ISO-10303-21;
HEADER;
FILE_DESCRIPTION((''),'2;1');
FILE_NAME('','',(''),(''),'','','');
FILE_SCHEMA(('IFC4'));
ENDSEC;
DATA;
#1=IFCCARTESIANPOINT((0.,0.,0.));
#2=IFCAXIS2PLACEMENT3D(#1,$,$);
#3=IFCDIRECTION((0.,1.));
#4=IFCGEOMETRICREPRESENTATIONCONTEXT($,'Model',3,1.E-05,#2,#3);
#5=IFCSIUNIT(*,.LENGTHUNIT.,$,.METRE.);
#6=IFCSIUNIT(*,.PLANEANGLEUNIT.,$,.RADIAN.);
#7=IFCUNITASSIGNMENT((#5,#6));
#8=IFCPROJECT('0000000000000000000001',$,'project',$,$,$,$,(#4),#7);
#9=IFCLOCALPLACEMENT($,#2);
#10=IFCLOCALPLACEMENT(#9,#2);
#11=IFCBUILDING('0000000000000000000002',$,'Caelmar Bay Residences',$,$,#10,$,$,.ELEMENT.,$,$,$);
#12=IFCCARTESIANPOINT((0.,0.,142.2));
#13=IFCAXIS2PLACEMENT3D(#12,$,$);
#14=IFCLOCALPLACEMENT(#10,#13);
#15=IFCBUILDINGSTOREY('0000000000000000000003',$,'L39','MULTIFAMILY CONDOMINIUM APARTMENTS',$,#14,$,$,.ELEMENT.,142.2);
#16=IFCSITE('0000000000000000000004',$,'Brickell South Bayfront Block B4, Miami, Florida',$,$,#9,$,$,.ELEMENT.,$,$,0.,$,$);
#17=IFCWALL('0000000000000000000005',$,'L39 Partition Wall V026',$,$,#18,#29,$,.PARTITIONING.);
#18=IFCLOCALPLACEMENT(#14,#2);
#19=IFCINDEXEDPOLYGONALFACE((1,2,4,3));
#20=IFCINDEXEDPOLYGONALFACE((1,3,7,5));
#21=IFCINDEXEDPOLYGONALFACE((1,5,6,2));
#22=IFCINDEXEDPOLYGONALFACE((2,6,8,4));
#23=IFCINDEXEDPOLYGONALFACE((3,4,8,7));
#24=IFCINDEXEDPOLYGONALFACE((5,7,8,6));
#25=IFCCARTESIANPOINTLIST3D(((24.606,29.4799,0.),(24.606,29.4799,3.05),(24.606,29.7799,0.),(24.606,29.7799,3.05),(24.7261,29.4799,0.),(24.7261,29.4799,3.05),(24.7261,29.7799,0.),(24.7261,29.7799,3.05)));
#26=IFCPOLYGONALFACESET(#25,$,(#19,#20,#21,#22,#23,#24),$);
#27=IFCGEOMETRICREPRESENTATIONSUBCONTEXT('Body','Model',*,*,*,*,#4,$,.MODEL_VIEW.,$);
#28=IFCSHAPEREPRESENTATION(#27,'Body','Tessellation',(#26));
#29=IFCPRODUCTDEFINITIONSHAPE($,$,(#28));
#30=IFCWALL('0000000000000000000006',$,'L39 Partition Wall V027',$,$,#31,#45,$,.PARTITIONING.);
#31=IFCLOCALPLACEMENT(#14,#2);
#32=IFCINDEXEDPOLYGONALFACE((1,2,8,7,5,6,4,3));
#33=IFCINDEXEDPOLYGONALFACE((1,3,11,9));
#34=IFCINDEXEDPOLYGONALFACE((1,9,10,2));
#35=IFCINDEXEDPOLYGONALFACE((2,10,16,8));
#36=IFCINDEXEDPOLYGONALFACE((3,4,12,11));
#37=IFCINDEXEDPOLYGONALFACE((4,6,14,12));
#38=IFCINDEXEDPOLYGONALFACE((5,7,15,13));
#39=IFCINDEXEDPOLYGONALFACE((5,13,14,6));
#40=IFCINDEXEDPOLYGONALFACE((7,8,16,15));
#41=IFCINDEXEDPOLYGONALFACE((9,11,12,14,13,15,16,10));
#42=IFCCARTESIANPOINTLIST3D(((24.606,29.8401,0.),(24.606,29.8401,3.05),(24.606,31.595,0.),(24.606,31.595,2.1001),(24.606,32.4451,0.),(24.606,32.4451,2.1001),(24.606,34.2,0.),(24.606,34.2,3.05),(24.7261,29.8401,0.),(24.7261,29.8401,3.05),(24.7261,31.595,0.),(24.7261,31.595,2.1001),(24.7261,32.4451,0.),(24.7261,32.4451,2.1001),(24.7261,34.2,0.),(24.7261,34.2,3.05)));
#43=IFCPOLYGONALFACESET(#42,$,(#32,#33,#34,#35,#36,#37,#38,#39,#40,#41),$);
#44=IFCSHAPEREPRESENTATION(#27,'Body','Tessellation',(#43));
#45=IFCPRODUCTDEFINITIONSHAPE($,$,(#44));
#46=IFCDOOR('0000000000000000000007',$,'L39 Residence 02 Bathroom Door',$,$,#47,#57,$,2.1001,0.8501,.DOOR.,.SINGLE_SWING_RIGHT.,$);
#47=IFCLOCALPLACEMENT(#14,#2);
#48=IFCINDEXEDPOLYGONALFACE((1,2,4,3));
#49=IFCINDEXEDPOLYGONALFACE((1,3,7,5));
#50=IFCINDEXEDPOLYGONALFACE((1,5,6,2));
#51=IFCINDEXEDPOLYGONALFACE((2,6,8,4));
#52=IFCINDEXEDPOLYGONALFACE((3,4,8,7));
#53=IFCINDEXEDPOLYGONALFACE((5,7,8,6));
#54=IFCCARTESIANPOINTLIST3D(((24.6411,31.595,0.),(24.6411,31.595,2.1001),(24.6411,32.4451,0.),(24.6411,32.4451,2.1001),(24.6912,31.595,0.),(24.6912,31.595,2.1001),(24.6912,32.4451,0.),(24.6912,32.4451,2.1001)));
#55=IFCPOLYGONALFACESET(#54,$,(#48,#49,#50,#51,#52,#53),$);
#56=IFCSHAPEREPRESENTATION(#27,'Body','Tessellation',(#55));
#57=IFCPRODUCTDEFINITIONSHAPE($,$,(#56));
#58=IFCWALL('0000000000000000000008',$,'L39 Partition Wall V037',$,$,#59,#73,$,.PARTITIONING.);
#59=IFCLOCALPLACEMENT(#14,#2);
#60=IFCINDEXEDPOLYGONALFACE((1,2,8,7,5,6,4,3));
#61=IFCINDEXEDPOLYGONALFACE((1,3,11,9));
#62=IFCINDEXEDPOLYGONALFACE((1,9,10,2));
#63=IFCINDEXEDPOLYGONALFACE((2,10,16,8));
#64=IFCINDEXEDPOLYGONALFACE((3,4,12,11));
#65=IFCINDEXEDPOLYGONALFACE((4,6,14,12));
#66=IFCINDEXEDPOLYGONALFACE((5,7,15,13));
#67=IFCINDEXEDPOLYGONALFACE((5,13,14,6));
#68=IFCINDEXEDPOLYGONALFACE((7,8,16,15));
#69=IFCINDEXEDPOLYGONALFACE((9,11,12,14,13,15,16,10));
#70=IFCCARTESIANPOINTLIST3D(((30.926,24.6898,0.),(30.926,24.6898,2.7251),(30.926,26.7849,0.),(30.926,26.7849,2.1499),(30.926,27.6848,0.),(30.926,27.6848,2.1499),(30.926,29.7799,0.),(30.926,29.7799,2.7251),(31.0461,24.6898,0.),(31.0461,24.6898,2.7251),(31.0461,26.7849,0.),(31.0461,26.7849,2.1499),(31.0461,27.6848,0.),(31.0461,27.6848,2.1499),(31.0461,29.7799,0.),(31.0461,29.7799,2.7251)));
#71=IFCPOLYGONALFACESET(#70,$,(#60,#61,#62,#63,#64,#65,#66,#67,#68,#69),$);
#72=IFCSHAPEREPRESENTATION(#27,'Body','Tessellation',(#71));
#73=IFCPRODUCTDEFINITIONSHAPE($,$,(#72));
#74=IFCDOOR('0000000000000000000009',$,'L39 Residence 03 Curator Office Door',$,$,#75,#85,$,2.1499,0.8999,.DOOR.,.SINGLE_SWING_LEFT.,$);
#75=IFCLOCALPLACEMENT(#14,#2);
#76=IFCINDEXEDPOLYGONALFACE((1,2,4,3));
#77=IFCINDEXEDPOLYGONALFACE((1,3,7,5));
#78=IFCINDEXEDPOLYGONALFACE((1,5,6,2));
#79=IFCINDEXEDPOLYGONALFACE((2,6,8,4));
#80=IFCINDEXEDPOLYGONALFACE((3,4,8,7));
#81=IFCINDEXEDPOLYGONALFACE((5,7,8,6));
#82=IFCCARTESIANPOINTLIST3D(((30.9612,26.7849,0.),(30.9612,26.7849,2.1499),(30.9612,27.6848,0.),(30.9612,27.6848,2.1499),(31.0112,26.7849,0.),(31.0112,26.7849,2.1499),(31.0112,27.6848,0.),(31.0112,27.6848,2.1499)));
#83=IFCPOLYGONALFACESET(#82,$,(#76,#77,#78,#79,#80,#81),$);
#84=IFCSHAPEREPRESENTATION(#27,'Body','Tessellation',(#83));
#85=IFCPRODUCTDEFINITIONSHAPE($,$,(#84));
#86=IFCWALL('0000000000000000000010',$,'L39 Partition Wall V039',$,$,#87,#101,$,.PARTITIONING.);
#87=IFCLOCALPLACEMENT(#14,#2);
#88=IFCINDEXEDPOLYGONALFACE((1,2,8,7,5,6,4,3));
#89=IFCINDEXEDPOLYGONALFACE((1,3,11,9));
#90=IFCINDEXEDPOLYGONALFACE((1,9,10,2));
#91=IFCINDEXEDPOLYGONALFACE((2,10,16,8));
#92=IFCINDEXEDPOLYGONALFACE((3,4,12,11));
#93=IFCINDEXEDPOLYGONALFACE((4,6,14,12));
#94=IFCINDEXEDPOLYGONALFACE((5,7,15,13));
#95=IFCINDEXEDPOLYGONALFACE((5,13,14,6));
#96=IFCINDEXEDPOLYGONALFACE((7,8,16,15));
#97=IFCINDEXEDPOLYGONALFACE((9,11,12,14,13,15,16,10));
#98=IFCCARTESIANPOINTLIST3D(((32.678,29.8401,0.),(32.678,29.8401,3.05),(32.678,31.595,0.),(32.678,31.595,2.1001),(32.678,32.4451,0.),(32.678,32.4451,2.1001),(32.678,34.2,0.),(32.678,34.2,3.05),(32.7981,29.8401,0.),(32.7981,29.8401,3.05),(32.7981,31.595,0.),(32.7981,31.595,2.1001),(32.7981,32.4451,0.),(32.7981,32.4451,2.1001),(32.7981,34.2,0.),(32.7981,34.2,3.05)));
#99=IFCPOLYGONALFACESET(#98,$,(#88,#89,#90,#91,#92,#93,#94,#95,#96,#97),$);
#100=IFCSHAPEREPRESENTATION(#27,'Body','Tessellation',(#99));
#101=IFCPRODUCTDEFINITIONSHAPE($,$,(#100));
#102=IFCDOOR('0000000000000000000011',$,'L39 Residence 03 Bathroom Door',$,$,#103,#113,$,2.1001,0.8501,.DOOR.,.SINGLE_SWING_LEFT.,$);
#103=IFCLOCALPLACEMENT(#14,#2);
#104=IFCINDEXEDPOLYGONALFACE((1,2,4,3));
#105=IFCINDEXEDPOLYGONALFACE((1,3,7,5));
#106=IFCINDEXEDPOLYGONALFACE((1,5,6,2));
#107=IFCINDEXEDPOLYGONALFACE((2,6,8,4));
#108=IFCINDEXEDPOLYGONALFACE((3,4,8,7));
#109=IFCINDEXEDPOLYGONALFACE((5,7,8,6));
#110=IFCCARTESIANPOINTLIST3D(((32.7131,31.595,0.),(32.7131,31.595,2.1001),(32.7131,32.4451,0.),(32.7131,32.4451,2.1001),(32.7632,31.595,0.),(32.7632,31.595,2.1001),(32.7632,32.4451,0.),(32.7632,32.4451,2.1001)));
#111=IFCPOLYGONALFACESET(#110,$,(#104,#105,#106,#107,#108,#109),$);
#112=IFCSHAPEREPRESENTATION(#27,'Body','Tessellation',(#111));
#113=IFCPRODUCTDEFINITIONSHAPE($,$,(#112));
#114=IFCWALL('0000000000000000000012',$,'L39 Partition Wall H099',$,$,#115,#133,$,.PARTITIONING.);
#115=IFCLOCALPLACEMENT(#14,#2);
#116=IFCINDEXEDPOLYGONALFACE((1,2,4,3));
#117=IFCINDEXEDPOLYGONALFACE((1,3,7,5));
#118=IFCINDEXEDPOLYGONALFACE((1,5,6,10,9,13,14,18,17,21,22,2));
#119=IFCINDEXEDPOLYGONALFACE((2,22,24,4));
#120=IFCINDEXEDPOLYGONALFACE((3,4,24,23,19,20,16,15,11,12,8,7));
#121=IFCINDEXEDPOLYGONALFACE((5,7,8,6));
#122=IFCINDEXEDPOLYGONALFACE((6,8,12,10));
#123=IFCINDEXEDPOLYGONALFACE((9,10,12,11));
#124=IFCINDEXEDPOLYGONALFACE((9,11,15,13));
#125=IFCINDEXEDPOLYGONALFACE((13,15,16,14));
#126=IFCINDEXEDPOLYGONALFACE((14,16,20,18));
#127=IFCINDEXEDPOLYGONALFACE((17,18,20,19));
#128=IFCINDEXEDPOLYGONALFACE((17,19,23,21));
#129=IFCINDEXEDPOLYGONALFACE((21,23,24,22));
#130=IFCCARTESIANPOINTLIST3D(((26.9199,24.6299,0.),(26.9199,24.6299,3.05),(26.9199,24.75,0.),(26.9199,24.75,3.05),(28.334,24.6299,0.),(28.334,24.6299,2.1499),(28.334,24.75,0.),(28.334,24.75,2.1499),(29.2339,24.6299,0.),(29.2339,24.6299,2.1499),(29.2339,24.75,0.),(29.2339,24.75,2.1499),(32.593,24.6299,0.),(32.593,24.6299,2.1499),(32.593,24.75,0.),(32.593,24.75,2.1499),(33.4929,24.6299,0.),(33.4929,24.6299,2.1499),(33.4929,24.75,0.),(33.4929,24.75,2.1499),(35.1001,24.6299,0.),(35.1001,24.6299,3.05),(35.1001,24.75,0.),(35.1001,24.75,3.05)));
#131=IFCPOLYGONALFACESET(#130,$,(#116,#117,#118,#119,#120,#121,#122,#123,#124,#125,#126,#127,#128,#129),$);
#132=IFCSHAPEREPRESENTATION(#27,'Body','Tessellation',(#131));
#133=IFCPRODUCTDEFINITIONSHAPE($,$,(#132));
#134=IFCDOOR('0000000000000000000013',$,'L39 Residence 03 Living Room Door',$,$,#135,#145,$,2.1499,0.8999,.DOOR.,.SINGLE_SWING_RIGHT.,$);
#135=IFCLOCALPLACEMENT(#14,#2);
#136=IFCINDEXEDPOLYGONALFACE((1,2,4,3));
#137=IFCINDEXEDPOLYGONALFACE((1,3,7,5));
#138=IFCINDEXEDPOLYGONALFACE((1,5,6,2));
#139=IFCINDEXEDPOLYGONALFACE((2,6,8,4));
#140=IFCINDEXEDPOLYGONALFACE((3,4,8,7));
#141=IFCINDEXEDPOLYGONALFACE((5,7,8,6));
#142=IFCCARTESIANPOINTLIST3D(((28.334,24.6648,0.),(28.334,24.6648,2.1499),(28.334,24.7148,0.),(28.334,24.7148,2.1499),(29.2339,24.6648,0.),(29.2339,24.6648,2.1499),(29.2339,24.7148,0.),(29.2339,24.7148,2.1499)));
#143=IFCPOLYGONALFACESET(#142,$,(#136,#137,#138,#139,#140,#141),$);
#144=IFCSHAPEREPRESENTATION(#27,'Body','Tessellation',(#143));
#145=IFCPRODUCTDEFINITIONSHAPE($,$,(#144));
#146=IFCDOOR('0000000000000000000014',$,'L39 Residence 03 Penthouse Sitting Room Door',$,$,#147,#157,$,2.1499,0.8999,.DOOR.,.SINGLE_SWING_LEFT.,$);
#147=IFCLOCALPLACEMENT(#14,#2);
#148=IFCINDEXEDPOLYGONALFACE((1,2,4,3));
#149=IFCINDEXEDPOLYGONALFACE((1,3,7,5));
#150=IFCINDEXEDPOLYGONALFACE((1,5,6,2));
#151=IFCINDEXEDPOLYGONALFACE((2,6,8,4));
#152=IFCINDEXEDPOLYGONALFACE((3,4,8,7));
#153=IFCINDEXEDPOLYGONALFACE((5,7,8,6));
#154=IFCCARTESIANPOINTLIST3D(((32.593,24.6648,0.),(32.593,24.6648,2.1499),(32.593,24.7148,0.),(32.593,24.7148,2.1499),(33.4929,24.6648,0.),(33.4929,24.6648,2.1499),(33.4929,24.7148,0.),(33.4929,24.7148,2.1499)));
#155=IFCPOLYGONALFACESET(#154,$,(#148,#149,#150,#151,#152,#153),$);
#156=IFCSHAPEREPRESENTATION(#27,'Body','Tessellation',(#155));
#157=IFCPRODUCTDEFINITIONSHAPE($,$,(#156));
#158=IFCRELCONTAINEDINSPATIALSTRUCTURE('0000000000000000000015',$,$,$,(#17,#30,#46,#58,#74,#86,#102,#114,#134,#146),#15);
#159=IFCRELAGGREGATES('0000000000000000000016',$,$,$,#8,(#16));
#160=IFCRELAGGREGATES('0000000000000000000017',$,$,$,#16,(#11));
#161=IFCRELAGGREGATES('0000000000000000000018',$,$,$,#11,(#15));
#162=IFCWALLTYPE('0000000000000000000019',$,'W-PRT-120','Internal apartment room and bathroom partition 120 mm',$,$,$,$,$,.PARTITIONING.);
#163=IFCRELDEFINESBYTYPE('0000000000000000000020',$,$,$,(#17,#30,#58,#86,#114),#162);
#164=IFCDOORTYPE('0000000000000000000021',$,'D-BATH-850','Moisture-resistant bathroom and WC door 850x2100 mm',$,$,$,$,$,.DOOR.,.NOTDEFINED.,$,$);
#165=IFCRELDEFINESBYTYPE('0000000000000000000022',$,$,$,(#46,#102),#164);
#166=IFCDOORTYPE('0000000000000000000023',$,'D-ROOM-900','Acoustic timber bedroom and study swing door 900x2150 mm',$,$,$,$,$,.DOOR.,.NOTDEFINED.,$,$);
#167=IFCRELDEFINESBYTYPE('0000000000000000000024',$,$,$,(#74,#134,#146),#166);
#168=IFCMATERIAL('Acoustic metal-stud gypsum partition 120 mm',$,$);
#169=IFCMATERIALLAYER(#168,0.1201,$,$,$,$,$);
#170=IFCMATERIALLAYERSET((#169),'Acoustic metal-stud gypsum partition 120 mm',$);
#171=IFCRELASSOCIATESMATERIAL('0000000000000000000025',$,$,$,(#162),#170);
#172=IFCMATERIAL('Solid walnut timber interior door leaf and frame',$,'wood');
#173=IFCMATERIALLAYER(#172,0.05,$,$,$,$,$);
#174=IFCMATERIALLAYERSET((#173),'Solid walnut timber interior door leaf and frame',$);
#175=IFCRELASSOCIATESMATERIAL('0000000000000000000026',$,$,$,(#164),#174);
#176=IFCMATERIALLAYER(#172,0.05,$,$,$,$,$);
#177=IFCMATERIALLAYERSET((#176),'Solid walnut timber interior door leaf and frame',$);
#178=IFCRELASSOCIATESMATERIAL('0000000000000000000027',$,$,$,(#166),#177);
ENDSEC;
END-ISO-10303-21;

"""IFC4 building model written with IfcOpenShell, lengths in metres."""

from ifc_helpers import new_model, si_unit, direction, frame, frame_2d, origin, place, context, subcontext, project, spatial, rectangle, extrude, material, layer, layer_set, type_object, element, fill, save


model = new_model("IFC4")

# Units and contexts
model_context = context("Model", 3, precision=1e-05, world=origin(), true_north=direction((0.0, 1.0)))
body_context = subcontext(model_context, "Body", "Model", "MODEL_VIEW")
ifc_project = project(units=[si_unit("LENGTHUNIT", "METRE"), si_unit("PLANEANGLEUNIT", "RADIAN")], contexts=[model_context])

# Site, building, storey
site_placement = place(None, origin())
site = spatial("IfcSite", under=ifc_project, at=site_placement, Name="Brickell South Bayfront Block B4, Miami, Florida", CompositionType="ELEMENT", RefElevation=0.0)
building_placement = place(site_placement, origin())
building = spatial("IfcBuilding", under=site, at=building_placement, Name="Caelmar Bay Residences", CompositionType="ELEMENT")
storey_placement = place(building_placement, frame((0.0, 0.0, 142.2)))
storey = spatial("IfcBuildingStorey", under=building, at=storey_placement, Name="L39", Description="MULTIFAMILY CONDOMINIUM APARTMENTS", CompositionType="ELEMENT", Elevation=142.2)

# Wall
ifc_material_1 = material(Name="Acoustic metal-stud gypsum partition 120 mm")
ifc_layer_1 = layer(ifc_material_1, 0.1201)
ifc_layer_set_1 = layer_set([ifc_layer_1], Name="Acoustic metal-stud gypsum partition 120 mm")
wall_type_1 = type_object("IfcWallType", Name="W-PRT-120", Description="Internal apartment room and bathroom partition 120 mm", PredefinedType="PARTITIONING", material=ifc_layer_set_1)
wall_1_placement = place(storey_placement, frame((24.666, 29.48, 0.0), z_axis=(0.0, 0.0, 1.0), x_axis=(0.0, 1.0, 0.0)))
element("IfcWall", 1, at=wall_1_placement, inside=storey, type_object=wall_type_1, Name="L39 Partition Wall V026", PredefinedType="PARTITIONING", context=body_context, shape_type="SweptSolid", body=[
    extrude(rectangle(XDim=0.3, YDim=0.1201, at=frame_2d((0.1499, 0.0))), origin(), (0.0, 0.0, 1.0), 3.05),
])

# Walls, openings, doors
wall_2_placement = place(storey_placement, frame((24.666, 29.8401, 0.0), z_axis=(0.0, 0.0, 1.0), x_axis=(0.0, 1.0, 0.0)))
wall_2 = element("IfcWall", 2, at=wall_2_placement, inside=storey, type_object=wall_type_1, Name="L39 Partition Wall V027", PredefinedType="PARTITIONING", context=body_context, shape_type="SweptSolid", body=[
    extrude(rectangle(XDim=4.3599, YDim=0.1201, at=frame_2d((2.1799, 0.0))), origin(), (0.0, 0.0, 1.0), 3.05),
])
opening_1_placement = place(wall_2_placement, frame((1.7549, 0.0, 0.0)))
opening_1 = element("IfcOpeningElement", 3, at=opening_1_placement, cuts=wall_2, PredefinedType="OPENING", context=body_context, shape_type="SweptSolid", body=[
    extrude(rectangle(XDim=0.8501, YDim=2.1001, at=frame_2d((0.425, 1.05))), frame((0.0, 0.0701, 0.0), z_axis=(0.0, -1.0, 0.0), x_axis=(1.0, 0.0, 0.0)), (0.0, 0.0, 1.0), 0.1401),
])
ifc_material_2 = material(Name="Solid walnut timber interior door leaf and frame", Category="wood")
ifc_layer_2 = layer(ifc_material_2, 0.05)
ifc_layer_set_2 = layer_set([ifc_layer_2], Name="Solid walnut timber interior door leaf and frame")
door_type_1 = type_object("IfcDoorType", Name="D-BATH-850", Description="Moisture-resistant bathroom and WC door 850x2100 mm", OperationType="NOTDEFINED", PredefinedType="DOOR", material=ifc_layer_set_2)
door_1_placement = place(opening_1_placement, origin())
door_1 = element("IfcDoor", 4, at=door_1_placement, inside=storey, type_object=door_type_1, Name="L39 Residence 02 Bathroom Door", OperationType="SINGLE_SWING_RIGHT", OverallHeight=2.1001, OverallWidth=0.8501, PredefinedType="DOOR", context=body_context, shape_type="SweptSolid", body=[
    extrude(rectangle(XDim=0.8501, YDim=2.1001, at=frame_2d((0.425, 1.05))), frame((0.0, 0.0249, 0.0), z_axis=(0.0, -1.0, 0.0), x_axis=(1.0, 0.0, 0.0)), (0.0, 0.0, 1.0), 0.05),
])
fill(opening_1, door_1)
wall_3_placement = place(storey_placement, frame((30.9861, 24.6899, 0.0), z_axis=(0.0, 0.0, 1.0), x_axis=(0.0, 1.0, 0.0)))
wall_3 = element("IfcWall", 5, at=wall_3_placement, inside=storey, type_object=wall_type_1, Name="L39 Partition Wall V037", PredefinedType="PARTITIONING", context=body_context, shape_type="SweptSolid", body=[
    extrude(rectangle(XDim=5.0901, YDim=0.1201, at=frame_2d((2.5449, 0.0))), origin(), (0.0, 0.0, 1.0), 2.7251),
])
opening_2_placement = place(wall_3_placement, frame((2.095, 0.0, 0.0)))
opening_2 = element("IfcOpeningElement", 6, at=opening_2_placement, cuts=wall_3, PredefinedType="OPENING", context=body_context, shape_type="SweptSolid", body=[
    extrude(rectangle(XDim=0.8999, YDim=2.1499, at=frame_2d((0.45, 1.075))), frame((0.0, 0.0701, 0.0), z_axis=(0.0, -1.0, 0.0), x_axis=(1.0, 0.0, 0.0)), (0.0, 0.0, 1.0), 0.1401),
])
ifc_layer_3 = layer(ifc_material_2, 0.05)
ifc_layer_set_3 = layer_set([ifc_layer_3], Name="Solid walnut timber interior door leaf and frame")
door_type_2 = type_object("IfcDoorType", Name="D-ROOM-900", Description="Acoustic timber bedroom and study swing door 900x2150 mm", OperationType="NOTDEFINED", PredefinedType="DOOR", material=ifc_layer_set_3)
door_2_placement = place(opening_2_placement, origin())
door_2 = element("IfcDoor", 7, at=door_2_placement, inside=storey, type_object=door_type_2, Name="L39 Residence 03 Curator Office Door", OperationType="SINGLE_SWING_LEFT", OverallHeight=2.1499, OverallWidth=0.8999, PredefinedType="DOOR", context=body_context, shape_type="SweptSolid", body=[
    extrude(rectangle(XDim=0.8999, YDim=2.1499, at=frame_2d((0.45, 1.075))), frame((0.0, 0.0249, 0.0), z_axis=(0.0, -1.0, 0.0), x_axis=(1.0, 0.0, 0.0)), (0.0, 0.0, 1.0), 0.05),
])
fill(opening_2, door_2)
wall_4_placement = place(storey_placement, frame((32.738, 29.8401, 0.0), z_axis=(0.0, 0.0, 1.0), x_axis=(0.0, 1.0, 0.0)))
wall_4 = element("IfcWall", 8, at=wall_4_placement, inside=storey, type_object=wall_type_1, Name="L39 Partition Wall V039", PredefinedType="PARTITIONING", context=body_context, shape_type="SweptSolid", body=[
    extrude(rectangle(XDim=4.3599, YDim=0.1201, at=frame_2d((2.1799, 0.0))), origin(), (0.0, 0.0, 1.0), 3.05),
])
opening_3_placement = place(wall_4_placement, frame((1.7549, 0.0, 0.0)))
opening_3 = element("IfcOpeningElement", 9, at=opening_3_placement, cuts=wall_4, PredefinedType="OPENING", context=body_context, shape_type="SweptSolid", body=[
    extrude(rectangle(XDim=0.8501, YDim=2.1001, at=frame_2d((0.425, 1.05))), frame((0.0, 0.0701, 0.0), z_axis=(0.0, -1.0, 0.0), x_axis=(1.0, 0.0, 0.0)), (0.0, 0.0, 1.0), 0.1401),
])
door_3_placement = place(opening_3_placement, origin())
door_3 = element("IfcDoor", 10, at=door_3_placement, inside=storey, type_object=door_type_1, Name="L39 Residence 03 Bathroom Door", OperationType="SINGLE_SWING_LEFT", OverallHeight=2.1001, OverallWidth=0.8501, PredefinedType="DOOR", context=body_context, shape_type="SweptSolid", body=[
    extrude(rectangle(XDim=0.8501, YDim=2.1001, at=frame_2d((0.425, 1.05))), frame((0.0, 0.0249, 0.0), z_axis=(0.0, -1.0, 0.0), x_axis=(1.0, 0.0, 0.0)), (0.0, 0.0, 1.0), 0.05),
])
fill(opening_3, door_3)

# Wall, openings, doors
wall_5_placement = place(storey_placement, frame((26.9199, 24.6899, 0.0), z_axis=(0.0, 0.0, 1.0), x_axis=(1.0, 0.0, 0.0)))
wall_5 = element("IfcWall", 11, at=wall_5_placement, inside=storey, type_object=wall_type_1, Name="L39 Partition Wall H099", PredefinedType="PARTITIONING", context=body_context, shape_type="SweptSolid", body=[
    extrude(rectangle(XDim=8.1802, YDim=0.1201, at=frame_2d((4.0901, 0.0))), origin(), (0.0, 0.0, 1.0), 3.05),
])
opening_4_placement = place(wall_5_placement, frame((1.4141, 0.0, 0.0)))
opening_4 = element("IfcOpeningElement", 12, at=opening_4_placement, cuts=wall_5, PredefinedType="OPENING", context=body_context, shape_type="SweptSolid", body=[
    extrude(rectangle(XDim=0.8999, YDim=2.1499, at=frame_2d((0.45, 1.075))), frame((0.0, 0.0701, 0.0), z_axis=(0.0, -1.0, 0.0), x_axis=(1.0, 0.0, 0.0)), (0.0, 0.0, 1.0), 0.1401),
])
opening_5_placement = place(wall_5_placement, frame((5.6731, 0.0, 0.0)))
opening_5 = element("IfcOpeningElement", 13, at=opening_5_placement, cuts=wall_5, PredefinedType="OPENING", context=body_context, shape_type="SweptSolid", body=[
    extrude(rectangle(XDim=0.8999, YDim=2.1499, at=frame_2d((0.45, 1.075))), frame((0.0, 0.0701, 0.0), z_axis=(0.0, -1.0, 0.0), x_axis=(1.0, 0.0, 0.0)), (0.0, 0.0, 1.0), 0.1401),
])
door_4_placement = place(opening_4_placement, origin())
door_4 = element("IfcDoor", 14, at=door_4_placement, inside=storey, type_object=door_type_2, Name="L39 Residence 03 Living Room Door", OperationType="SINGLE_SWING_RIGHT", OverallHeight=2.1499, OverallWidth=0.8999, PredefinedType="DOOR", context=body_context, shape_type="SweptSolid", body=[
    extrude(rectangle(XDim=0.8999, YDim=2.1499, at=frame_2d((0.45, 1.075))), frame((0.0, 0.0249, 0.0), z_axis=(0.0, -1.0, 0.0), x_axis=(1.0, 0.0, 0.0)), (0.0, 0.0, 1.0), 0.05),
])
fill(opening_4, door_4)
door_5_placement = place(opening_5_placement, origin())
door_5 = element("IfcDoor", 15, at=door_5_placement, inside=storey, type_object=door_type_2, Name="L39 Residence 03 Penthouse Sitting Room Door", OperationType="SINGLE_SWING_LEFT", OverallHeight=2.1499, OverallWidth=0.8999, PredefinedType="DOOR", context=body_context, shape_type="SweptSolid", body=[
    extrude(rectangle(XDim=0.8999, YDim=2.1499, at=frame_2d((0.45, 1.075))), frame((0.0, 0.0249, 0.0), z_axis=(0.0, -1.0, 0.0), x_axis=(1.0, 0.0, 0.0)), (0.0, 0.0, 1.0), 0.05),
])
fill(opening_5, door_5)

save(model, "model.ifc")
